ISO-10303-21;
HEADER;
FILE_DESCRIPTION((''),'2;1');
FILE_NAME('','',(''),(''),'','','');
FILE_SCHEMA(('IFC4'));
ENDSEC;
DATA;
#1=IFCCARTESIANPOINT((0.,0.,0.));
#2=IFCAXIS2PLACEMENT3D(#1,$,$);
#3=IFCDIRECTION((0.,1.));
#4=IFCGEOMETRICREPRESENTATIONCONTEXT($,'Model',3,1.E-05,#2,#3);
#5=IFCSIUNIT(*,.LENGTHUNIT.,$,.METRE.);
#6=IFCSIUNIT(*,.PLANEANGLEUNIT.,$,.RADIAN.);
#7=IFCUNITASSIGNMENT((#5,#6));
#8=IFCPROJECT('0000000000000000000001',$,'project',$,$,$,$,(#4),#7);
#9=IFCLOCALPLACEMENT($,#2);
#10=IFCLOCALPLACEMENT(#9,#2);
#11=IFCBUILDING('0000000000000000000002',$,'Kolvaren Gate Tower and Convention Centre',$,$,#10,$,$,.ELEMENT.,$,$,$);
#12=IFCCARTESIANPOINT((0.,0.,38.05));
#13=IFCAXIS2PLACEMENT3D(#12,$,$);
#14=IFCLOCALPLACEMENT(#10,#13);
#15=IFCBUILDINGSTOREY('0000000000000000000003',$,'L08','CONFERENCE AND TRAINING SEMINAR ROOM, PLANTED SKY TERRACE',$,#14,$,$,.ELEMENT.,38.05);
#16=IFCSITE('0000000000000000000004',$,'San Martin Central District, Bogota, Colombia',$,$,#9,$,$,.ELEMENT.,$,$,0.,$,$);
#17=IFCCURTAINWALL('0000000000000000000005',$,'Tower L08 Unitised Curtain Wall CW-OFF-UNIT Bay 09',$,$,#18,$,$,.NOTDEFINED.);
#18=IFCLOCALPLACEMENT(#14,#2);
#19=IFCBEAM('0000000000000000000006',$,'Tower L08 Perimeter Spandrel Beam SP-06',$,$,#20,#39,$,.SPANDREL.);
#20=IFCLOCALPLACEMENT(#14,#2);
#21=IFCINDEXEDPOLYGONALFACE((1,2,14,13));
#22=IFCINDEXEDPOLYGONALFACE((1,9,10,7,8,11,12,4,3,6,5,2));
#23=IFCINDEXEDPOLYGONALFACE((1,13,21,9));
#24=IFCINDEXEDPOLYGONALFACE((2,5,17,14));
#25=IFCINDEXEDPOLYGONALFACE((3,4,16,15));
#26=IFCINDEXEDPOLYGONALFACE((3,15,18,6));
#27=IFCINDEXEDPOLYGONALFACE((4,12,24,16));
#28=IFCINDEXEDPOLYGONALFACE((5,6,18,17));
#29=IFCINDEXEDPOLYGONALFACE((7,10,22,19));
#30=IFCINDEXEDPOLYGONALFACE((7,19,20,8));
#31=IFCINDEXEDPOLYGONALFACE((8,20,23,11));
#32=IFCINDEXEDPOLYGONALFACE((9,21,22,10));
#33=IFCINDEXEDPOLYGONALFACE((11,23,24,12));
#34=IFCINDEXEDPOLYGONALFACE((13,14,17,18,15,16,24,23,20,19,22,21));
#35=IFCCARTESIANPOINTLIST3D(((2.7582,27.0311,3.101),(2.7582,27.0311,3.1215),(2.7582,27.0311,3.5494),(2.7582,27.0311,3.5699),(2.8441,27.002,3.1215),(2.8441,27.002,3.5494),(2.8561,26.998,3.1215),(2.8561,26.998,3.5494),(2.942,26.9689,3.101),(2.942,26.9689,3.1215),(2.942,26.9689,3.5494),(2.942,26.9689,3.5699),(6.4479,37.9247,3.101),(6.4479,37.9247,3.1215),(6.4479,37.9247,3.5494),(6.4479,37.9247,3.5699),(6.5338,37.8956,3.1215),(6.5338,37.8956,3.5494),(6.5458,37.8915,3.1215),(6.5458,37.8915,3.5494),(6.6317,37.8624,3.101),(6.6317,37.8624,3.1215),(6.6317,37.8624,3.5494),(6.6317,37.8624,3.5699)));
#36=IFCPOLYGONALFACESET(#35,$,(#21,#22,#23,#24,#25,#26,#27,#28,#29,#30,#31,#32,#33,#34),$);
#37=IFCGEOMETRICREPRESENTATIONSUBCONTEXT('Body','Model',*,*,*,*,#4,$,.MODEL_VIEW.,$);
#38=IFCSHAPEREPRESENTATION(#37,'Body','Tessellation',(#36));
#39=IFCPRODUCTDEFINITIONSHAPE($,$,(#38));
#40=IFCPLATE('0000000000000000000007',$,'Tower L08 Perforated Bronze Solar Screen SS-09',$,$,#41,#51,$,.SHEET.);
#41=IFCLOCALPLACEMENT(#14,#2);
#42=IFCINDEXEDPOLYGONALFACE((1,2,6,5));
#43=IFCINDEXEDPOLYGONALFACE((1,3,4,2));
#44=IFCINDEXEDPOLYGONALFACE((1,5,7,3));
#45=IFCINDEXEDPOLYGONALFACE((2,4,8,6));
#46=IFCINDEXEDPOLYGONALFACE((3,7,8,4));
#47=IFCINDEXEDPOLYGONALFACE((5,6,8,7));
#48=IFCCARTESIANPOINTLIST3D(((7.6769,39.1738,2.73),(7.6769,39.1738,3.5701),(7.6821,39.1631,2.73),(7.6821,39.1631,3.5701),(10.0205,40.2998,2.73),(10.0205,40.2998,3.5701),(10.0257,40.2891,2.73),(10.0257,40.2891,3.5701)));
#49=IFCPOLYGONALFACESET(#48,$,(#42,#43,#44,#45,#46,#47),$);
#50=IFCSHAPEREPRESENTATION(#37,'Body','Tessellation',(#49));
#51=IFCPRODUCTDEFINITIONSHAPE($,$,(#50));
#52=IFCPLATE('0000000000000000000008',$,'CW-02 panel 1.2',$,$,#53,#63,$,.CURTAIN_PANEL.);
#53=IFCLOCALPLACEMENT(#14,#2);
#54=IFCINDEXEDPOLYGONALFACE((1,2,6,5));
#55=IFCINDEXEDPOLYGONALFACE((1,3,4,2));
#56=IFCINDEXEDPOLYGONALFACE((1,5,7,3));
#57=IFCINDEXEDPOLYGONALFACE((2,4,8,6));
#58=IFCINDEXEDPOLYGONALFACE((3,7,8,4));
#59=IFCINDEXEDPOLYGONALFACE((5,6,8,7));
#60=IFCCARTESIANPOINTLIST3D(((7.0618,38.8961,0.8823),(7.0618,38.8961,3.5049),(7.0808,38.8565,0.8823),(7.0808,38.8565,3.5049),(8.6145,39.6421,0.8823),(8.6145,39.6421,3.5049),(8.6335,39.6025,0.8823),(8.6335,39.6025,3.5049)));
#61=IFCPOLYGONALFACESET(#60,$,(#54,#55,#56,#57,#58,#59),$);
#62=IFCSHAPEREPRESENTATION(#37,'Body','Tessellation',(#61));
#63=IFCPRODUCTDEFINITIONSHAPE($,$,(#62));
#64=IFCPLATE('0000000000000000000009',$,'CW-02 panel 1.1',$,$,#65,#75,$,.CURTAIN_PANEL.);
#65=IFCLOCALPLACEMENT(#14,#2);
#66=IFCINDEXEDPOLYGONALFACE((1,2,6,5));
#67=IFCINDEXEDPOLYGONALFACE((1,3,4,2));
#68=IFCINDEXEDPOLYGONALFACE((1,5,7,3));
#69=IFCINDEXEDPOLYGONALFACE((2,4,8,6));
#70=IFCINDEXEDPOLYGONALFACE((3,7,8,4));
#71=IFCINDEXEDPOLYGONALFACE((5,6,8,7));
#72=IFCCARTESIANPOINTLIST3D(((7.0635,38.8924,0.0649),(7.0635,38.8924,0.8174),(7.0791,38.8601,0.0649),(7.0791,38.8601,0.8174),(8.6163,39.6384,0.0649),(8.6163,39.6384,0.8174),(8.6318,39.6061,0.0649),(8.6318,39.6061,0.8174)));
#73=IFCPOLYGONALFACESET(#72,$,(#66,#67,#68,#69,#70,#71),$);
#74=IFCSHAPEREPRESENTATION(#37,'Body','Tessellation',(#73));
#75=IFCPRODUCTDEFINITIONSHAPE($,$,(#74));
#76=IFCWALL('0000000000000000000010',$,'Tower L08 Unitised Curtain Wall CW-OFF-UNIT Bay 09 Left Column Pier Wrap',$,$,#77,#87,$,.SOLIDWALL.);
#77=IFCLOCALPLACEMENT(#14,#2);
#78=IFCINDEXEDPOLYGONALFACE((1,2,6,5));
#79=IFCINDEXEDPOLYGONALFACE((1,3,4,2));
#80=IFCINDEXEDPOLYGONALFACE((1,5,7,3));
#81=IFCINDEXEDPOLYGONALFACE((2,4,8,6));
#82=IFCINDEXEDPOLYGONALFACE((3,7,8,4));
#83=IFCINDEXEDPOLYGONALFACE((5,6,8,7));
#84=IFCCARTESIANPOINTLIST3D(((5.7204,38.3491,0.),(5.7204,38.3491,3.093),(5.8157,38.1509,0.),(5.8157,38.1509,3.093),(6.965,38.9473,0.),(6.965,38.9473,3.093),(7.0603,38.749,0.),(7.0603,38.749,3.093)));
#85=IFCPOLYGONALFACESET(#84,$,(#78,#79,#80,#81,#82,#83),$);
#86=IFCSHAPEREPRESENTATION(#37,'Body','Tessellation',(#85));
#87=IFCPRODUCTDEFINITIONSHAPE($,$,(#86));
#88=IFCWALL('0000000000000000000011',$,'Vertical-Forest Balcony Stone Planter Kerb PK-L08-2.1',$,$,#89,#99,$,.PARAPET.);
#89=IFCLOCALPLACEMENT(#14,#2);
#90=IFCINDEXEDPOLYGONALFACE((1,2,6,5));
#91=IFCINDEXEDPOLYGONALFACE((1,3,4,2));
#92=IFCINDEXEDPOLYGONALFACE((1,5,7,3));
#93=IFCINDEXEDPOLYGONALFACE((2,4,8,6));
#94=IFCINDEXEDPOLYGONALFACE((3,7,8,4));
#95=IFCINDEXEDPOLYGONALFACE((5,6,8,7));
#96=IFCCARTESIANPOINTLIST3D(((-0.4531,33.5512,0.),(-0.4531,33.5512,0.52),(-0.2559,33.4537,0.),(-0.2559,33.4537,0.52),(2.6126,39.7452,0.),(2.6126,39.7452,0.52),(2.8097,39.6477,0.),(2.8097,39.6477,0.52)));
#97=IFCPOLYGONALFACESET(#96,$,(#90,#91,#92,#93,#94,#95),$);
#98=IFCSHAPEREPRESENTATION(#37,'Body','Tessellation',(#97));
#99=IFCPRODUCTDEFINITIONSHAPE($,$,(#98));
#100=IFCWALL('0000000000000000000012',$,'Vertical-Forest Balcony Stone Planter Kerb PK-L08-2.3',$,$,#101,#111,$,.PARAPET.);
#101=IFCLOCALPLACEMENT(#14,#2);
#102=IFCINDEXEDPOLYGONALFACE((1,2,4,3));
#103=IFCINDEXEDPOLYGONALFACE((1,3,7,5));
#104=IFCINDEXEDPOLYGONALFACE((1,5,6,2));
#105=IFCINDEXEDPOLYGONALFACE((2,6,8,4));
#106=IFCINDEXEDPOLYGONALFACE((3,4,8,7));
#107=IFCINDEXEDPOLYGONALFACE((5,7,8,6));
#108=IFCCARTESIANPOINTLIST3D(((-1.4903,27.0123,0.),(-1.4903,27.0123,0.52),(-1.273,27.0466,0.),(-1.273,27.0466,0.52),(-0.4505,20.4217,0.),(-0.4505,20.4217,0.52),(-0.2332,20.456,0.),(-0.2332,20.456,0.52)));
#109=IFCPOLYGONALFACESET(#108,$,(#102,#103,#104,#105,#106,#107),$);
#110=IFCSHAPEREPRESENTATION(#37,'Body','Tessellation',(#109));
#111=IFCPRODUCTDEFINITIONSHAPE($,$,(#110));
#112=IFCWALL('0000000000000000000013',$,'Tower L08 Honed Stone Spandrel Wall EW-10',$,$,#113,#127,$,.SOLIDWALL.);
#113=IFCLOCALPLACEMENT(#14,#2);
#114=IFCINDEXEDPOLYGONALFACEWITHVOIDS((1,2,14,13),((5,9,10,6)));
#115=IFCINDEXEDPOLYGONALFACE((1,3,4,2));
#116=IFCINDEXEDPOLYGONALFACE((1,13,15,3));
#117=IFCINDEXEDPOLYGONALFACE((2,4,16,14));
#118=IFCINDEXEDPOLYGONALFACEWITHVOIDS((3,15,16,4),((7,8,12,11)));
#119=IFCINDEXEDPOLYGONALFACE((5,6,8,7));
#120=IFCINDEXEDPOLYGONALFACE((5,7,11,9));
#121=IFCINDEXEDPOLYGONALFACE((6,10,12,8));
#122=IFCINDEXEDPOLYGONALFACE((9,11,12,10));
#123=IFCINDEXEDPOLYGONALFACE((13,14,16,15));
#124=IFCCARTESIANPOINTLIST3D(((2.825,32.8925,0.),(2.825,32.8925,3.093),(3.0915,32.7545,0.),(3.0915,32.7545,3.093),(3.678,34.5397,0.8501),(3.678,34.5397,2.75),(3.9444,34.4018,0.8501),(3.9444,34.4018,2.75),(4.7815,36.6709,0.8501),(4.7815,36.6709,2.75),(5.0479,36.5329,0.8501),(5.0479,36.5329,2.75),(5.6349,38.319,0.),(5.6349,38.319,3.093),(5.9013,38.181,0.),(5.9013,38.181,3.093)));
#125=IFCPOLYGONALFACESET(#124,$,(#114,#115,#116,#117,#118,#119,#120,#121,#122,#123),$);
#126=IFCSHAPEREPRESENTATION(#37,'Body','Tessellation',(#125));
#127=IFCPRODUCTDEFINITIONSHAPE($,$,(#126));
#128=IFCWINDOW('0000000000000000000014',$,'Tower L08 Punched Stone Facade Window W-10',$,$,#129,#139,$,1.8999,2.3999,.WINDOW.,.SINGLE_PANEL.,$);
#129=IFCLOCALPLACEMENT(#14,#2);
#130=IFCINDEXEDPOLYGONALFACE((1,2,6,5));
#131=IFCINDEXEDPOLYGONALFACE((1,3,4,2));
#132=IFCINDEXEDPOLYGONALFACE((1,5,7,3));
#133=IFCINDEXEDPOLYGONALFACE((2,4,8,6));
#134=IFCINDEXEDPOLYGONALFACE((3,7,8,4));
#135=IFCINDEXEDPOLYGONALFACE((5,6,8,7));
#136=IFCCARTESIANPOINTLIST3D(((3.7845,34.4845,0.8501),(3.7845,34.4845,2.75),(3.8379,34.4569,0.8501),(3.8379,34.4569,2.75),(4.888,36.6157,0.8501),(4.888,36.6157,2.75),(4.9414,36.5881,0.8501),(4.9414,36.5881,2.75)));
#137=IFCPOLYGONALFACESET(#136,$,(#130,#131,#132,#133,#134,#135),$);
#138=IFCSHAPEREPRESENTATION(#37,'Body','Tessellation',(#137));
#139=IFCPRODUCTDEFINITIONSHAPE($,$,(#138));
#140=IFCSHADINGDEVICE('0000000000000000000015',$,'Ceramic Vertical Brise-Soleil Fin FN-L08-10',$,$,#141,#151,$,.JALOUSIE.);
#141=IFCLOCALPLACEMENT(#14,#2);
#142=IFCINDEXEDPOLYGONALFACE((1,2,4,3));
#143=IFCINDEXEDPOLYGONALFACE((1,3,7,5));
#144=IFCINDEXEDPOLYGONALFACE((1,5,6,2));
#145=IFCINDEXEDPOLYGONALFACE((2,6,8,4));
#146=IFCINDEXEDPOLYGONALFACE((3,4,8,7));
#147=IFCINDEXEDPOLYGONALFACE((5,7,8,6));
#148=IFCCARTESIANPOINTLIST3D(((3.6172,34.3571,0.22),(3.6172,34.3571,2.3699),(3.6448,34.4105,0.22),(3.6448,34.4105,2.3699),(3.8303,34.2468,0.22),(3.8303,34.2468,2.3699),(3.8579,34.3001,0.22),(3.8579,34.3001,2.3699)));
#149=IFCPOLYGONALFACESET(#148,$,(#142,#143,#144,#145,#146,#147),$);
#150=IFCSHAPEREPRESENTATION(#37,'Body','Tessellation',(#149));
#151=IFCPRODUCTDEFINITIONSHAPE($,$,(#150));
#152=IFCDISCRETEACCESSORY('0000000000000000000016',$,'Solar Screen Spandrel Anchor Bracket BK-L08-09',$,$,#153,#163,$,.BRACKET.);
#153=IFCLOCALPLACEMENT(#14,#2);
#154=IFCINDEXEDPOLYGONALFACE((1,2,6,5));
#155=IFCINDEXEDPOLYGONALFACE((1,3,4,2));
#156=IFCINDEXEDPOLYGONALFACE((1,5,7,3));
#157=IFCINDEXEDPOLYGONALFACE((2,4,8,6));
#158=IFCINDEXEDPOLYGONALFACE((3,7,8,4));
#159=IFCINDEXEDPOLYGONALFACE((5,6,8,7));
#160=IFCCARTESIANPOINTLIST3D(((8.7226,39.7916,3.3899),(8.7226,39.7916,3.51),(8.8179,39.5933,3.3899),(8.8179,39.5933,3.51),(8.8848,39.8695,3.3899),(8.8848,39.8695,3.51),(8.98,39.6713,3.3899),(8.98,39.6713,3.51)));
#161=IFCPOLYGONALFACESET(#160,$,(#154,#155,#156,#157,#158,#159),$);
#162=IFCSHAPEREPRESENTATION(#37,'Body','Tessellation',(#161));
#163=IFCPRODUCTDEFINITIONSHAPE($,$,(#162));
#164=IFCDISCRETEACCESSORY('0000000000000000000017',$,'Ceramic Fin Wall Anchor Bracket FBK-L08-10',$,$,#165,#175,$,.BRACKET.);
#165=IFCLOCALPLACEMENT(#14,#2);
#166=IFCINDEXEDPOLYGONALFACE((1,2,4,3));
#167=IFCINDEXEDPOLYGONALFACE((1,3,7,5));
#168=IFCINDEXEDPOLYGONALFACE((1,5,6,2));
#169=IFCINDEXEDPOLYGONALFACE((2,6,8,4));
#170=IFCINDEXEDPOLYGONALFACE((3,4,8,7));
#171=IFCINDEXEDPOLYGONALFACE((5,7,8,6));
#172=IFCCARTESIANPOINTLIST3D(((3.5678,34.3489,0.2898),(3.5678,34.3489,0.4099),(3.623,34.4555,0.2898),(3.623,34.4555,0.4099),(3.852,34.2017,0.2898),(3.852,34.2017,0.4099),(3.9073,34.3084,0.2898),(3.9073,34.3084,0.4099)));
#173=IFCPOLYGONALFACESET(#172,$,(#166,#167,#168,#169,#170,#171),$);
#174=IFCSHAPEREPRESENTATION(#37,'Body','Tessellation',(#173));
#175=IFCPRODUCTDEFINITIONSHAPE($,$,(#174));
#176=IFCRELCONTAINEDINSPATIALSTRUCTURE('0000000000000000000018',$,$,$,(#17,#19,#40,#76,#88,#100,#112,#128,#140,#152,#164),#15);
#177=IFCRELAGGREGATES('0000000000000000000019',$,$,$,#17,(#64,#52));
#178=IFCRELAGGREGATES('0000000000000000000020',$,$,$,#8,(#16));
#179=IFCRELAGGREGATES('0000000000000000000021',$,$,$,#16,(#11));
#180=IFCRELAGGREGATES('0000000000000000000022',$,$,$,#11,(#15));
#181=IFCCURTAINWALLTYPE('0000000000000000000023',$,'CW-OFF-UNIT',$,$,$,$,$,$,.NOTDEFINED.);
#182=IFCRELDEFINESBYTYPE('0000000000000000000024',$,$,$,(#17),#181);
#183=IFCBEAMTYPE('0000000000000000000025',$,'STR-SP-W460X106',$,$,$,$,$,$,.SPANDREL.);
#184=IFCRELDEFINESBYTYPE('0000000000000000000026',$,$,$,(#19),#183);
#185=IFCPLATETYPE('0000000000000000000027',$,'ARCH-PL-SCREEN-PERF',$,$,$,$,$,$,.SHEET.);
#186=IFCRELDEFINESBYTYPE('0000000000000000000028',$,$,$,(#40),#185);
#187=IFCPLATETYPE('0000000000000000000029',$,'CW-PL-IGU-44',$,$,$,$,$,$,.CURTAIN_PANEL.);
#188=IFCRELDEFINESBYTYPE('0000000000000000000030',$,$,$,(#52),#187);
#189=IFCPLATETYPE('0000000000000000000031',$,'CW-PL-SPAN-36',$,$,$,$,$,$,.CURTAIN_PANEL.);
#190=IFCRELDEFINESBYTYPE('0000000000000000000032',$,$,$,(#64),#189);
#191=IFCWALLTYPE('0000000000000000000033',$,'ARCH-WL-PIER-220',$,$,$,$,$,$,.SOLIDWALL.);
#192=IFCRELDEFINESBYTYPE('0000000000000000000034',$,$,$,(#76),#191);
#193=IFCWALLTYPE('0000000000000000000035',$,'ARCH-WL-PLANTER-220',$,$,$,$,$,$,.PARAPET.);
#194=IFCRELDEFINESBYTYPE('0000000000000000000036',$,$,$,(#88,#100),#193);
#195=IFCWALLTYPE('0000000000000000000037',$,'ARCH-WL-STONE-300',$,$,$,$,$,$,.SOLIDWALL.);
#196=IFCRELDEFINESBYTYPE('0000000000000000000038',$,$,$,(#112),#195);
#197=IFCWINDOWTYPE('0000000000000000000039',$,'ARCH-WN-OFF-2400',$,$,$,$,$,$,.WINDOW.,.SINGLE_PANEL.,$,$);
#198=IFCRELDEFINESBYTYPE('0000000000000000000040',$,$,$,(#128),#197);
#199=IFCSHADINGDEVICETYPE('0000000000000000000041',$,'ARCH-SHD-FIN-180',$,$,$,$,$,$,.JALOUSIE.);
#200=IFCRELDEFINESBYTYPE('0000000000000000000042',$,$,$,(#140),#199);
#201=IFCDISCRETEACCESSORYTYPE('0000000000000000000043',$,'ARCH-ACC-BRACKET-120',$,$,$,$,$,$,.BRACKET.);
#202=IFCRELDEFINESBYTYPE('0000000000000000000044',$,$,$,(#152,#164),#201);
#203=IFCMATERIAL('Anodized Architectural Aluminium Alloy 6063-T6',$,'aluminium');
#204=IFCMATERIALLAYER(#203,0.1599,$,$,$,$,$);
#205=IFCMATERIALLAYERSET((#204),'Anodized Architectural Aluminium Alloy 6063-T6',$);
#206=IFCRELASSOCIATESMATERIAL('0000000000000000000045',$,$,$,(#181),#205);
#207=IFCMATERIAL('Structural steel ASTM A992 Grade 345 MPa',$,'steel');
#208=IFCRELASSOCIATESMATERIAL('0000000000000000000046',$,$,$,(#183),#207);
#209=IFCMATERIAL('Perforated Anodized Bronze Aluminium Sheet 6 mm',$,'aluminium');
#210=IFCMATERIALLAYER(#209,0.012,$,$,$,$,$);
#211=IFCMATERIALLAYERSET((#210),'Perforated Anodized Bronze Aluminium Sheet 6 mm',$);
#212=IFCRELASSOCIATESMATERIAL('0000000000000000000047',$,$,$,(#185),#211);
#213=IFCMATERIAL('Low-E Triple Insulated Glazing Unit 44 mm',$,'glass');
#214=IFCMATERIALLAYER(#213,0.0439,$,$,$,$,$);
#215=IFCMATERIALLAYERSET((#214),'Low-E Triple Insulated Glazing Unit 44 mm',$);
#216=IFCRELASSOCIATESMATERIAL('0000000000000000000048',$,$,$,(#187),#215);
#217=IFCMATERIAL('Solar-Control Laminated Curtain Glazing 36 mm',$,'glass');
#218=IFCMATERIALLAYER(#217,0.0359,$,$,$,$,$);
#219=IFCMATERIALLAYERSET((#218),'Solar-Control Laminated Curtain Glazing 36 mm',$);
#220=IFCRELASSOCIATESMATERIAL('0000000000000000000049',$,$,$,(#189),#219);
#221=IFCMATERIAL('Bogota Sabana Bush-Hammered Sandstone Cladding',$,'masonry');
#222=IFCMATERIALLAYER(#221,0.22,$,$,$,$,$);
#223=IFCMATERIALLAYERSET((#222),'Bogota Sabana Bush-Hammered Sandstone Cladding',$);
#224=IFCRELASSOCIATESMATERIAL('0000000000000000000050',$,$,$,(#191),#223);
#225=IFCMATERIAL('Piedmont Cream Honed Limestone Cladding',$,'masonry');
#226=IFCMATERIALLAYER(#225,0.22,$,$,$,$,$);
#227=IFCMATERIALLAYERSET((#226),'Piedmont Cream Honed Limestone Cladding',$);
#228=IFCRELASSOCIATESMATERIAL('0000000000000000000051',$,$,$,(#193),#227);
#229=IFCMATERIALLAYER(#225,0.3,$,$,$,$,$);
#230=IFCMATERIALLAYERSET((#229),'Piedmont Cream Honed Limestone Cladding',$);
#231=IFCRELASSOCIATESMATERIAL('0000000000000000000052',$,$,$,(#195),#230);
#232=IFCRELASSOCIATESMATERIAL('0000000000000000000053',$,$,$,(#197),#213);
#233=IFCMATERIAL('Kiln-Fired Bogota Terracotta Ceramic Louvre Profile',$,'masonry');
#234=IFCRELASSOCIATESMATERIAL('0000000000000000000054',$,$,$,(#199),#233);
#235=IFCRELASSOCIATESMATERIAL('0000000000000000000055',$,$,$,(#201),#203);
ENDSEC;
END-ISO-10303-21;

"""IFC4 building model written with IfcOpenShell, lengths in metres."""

from ifc_helpers import new_model, si_unit, direction, frame, frame_2d, origin, origin_2d, place, context, subcontext, project, spatial, rectangle, i_section, extrude, material, layer, layer_set, material_profile, profile_set, type_object, element, fill, aggregate, save


model = new_model("IFC4")

# Units and contexts
model_context = context("Model", 3, precision=1e-05, world=origin(), true_north=direction((0.0, 1.0)))
body_context = subcontext(model_context, "Body", "Model", "MODEL_VIEW")
ifc_project = project(units=[si_unit("LENGTHUNIT", "METRE"), si_unit("PLANEANGLEUNIT", "RADIAN")], contexts=[model_context])

# Site, building, storey
site_placement = place(None, origin())
site = spatial("IfcSite", under=ifc_project, at=site_placement, Name="San Martin Central District, Bogota, Colombia", CompositionType="ELEMENT", RefElevation=0.0)
building_placement = place(site_placement, origin())
building = spatial("IfcBuilding", under=site, at=building_placement, Name="Kolvaren Gate Tower and Convention Centre", CompositionType="ELEMENT")
storey_placement = place(building_placement, frame((0.0, 0.0, 38.05)))
storey = spatial("IfcBuildingStorey", under=building, at=storey_placement, Name="L08", Description="CONFERENCE AND TRAINING SEMINAR ROOM, PLANTED SKY TERRACE", CompositionType="ELEMENT", Elevation=38.05)

# Curtain wall
ifc_material_1 = material(Name="Anodized Architectural Aluminium Alloy 6063-T6", Category="aluminium")
ifc_layer_1 = layer(ifc_material_1, 0.1599)
ifc_layer_set_1 = layer_set([ifc_layer_1], Name="Anodized Architectural Aluminium Alloy 6063-T6")
curtain_wall_type = type_object("IfcCurtainWallType", Name="CW-OFF-UNIT", PredefinedType="NOTDEFINED", material=ifc_layer_set_1)
curtain_wall_placement = place(storey_placement, origin())
curtain_wall = element("IfcCurtainWall", 1, at=curtain_wall_placement, inside=storey, type_object=curtain_wall_type, Name="Tower L08 Unitised Curtain Wall CW-OFF-UNIT Bay 09", PredefinedType="NOTDEFINED")

# Beam
ifc_material_2 = material(Name="Structural steel ASTM A992 Grade 345 MPa", Category="steel")
ifc_material_profile_1 = material_profile(ifc_material_2, i_section(OverallWidth=0.1941, OverallDepth=0.469, WebThickness=0.0127, FlangeThickness=0.0205, at=origin_2d()), Name="W460X106")
ifc_profile_set_1 = profile_set([ifc_material_profile_1], Name="Structural steel ASTM A992 Grade 345 MPa")
beam_type_1 = type_object("IfcBeamType", Name="STR-SP-W460X106", PredefinedType="SPANDREL", material=ifc_profile_set_1)
beam_1_placement = place(storey_placement, frame((6.5398, 37.8936, 3.3354), z_axis=(-0.320803, -0.947146, 0.0), x_axis=(0.947146, -0.320803, 0.0)))
element("IfcBeam", 2, at=beam_1_placement, inside=storey, type_object=beam_type_1, Name="Tower L08 Perimeter Spandrel Beam SP-06", PredefinedType="SPANDREL", context=body_context, shape_type="SweptSolid", body=[
    extrude(i_section(OverallWidth=0.1941, OverallDepth=0.469, WebThickness=0.0127, FlangeThickness=0.0205, at=origin_2d()), origin(), (0.0, 0.0, 1.0), 11.5015),
])

# Plates
ifc_material_3 = material(Name="Perforated Anodized Bronze Aluminium Sheet 6 mm", Category="aluminium")
ifc_layer_2 = layer(ifc_material_3, 0.012)
ifc_layer_set_2 = layer_set([ifc_layer_2], Name="Perforated Anodized Bronze Aluminium Sheet 6 mm")
plate_type_1 = type_object("IfcPlateType", Name="ARCH-PL-SCREEN-PERF", PredefinedType="SHEET", material=ifc_layer_set_2)
plate_1_placement = place(storey_placement, frame((8.8513, 39.7314, 2.73), z_axis=(0.0, 0.0, 1.0), x_axis=(0.901364, 0.433061, 0.0)))
element("IfcPlate", 3, at=plate_1_placement, inside=storey, type_object=plate_type_1, Name="Tower L08 Perforated Bronze Solar Screen SS-09", PredefinedType="SHEET", context=body_context, shape_type="SweptSolid", body=[
    extrude(rectangle(XDim=2.6001, YDim=0.012, at=origin_2d()), origin(), (0.0, 0.0, 1.0), 0.8401),
])
ifc_material_4 = material(Name="Low-E Triple Insulated Glazing Unit 44 mm", Category="glass")
ifc_layer_3 = layer(ifc_material_4, 0.0439)
ifc_layer_set_3 = layer_set([ifc_layer_3], Name="Low-E Triple Insulated Glazing Unit 44 mm")
plate_type_2 = type_object("IfcPlateType", Name="CW-PL-IGU-44", PredefinedType="CURTAIN_PANEL", material=ifc_layer_set_3)
plate_2_placement = place(storey_placement, frame((7.8477, 39.2493, 0.8823), z_axis=(0.0, 0.0, 1.0), x_axis=(0.901367, 0.433057, 0.0)))
plate_2 = element("IfcPlate", 4, at=plate_2_placement, type_object=plate_type_2, Name="CW-02 panel 1.2", PredefinedType="CURTAIN_PANEL", context=body_context, shape_type="SweptSolid", body=[
    extrude(rectangle(XDim=1.7227, YDim=0.0439, at=origin_2d()), origin(), (0.0, 0.0, 1.0), 2.6226),
])
ifc_material_5 = material(Name="Solar-Control Laminated Curtain Glazing 36 mm", Category="glass")
ifc_layer_4 = layer(ifc_material_5, 0.0359)
ifc_layer_set_4 = layer_set([ifc_layer_4], Name="Solar-Control Laminated Curtain Glazing 36 mm")
plate_type_3 = type_object("IfcPlateType", Name="CW-PL-SPAN-36", PredefinedType="CURTAIN_PANEL", material=ifc_layer_set_4)
plate_3_placement = place(storey_placement, frame((7.8477, 39.2493, 0.0649), z_axis=(0.0, 0.0, 1.0), x_axis=(0.901367, 0.433057, 0.0)))
plate_3 = element("IfcPlate", 5, at=plate_3_placement, type_object=plate_type_3, Name="CW-02 panel 1.1", PredefinedType="CURTAIN_PANEL", context=body_context, shape_type="SweptSolid", body=[
    extrude(rectangle(XDim=1.7227, YDim=0.0359, at=origin_2d()), origin(), (0.0, 0.0, 1.0), 0.7524),
])
aggregate(curtain_wall, [plate_3, plate_2])

# Walls
ifc_material_6 = material(Name="Bogota Sabana Bush-Hammered Sandstone Cladding", Category="masonry")
ifc_layer_5 = layer(ifc_material_6, 0.22)
ifc_layer_set_5 = layer_set([ifc_layer_5], Name="Bogota Sabana Bush-Hammered Sandstone Cladding")
wall_type_1 = type_object("IfcWallType", Name="ARCH-WL-PIER-220", PredefinedType="SOLIDWALL", material=ifc_layer_set_5)
wall_1_placement = place(storey_placement, frame((5.7681, 38.25, 0.0), z_axis=(0.0, 0.0, 1.0), x_axis=(0.901319, 0.433156, 0.0)))
element("IfcWall", 6, at=wall_1_placement, inside=storey, type_object=wall_type_1, Name="Tower L08 Unitised Curtain Wall CW-OFF-UNIT Bay 09 Left Column Pier Wrap", PredefinedType="SOLIDWALL", context=body_context, shape_type="SweptSolid", body=[
    extrude(rectangle(XDim=1.3809, YDim=0.22, at=frame_2d((0.6904, 0.0))), origin(), (0.0, 0.0, 1.0), 3.093),
])
ifc_material_7 = material(Name="Piedmont Cream Honed Limestone Cladding", Category="masonry")
ifc_layer_6 = layer(ifc_material_7, 0.22)
ifc_layer_set_6 = layer_set([ifc_layer_6], Name="Piedmont Cream Honed Limestone Cladding")
wall_type_2 = type_object("IfcWallType", Name="ARCH-WL-PLANTER-220", PredefinedType="PARAPET", material=ifc_layer_set_6)
wall_2_placement = place(storey_placement, frame((-0.3545, 33.5024, 0.0), z_axis=(0.0, 0.0, 1.0), x_axis=(0.443578, 0.896236, 0.0)))
element("IfcWall", 7, at=wall_2_placement, inside=storey, type_object=wall_type_2, Name="Vertical-Forest Balcony Stone Planter Kerb PK-L08-2.1", PredefinedType="PARAPET", context=body_context, shape_type="SweptSolid", body=[
    extrude(rectangle(XDim=6.9111, YDim=0.22, at=frame_2d((3.4556, 0.0))), origin(), (0.0, 0.0, 1.0), 0.52),
])
wall_3_placement = place(storey_placement, frame((-1.3816, 27.0293, 0.0), z_axis=(0.0, 0.0, 1.0), x_axis=(0.155842, -0.987782, 0.0)))
element("IfcWall", 8, at=wall_3_placement, inside=storey, type_object=wall_type_2, Name="Vertical-Forest Balcony Stone Planter Kerb PK-L08-2.3", PredefinedType="PARAPET", context=body_context, shape_type="SweptSolid", body=[
    extrude(rectangle(XDim=6.6721, YDim=0.22, at=frame_2d((3.3359, 0.0))), origin(), (0.0, 0.0, 1.0), 0.52),
])

# Wall, opening, window
ifc_layer_7 = layer(ifc_material_7, 0.3)
ifc_layer_set_7 = layer_set([ifc_layer_7], Name="Piedmont Cream Honed Limestone Cladding")
wall_type_3 = type_object("IfcWallType", Name="ARCH-WL-STONE-300", PredefinedType="SOLIDWALL", material=ifc_layer_set_7)
wall_4_placement = place(storey_placement, frame((2.9583, 32.8235, 0.0), z_axis=(0.0, 0.0, 1.0), x_axis=(0.45981, 0.888017, 0.0)))
wall_4 = element("IfcWall", 9, at=wall_4_placement, inside=storey, type_object=wall_type_3, Name="Tower L08 Honed Stone Spandrel Wall EW-10", PredefinedType="SOLIDWALL", context=body_context, shape_type="SweptSolid", body=[
    extrude(rectangle(XDim=6.1108, YDim=0.3, at=frame_2d((3.0554, 0.0))), origin(), (0.0, 0.0, 1.0), 3.093),
])
opening_placement = place(wall_4_placement, frame((1.855, 0.0, 0.8501)))
opening = element("IfcOpeningElement", 10, at=opening_placement, cuts=wall_4, PredefinedType="OPENING", context=body_context, shape_type="SweptSolid", body=[
    extrude(rectangle(XDim=2.3999, YDim=1.8999, at=frame_2d((1.2, 0.95))), frame((0.0, 0.1599, 0.0), z_axis=(0.0, -1.0, 0.0), x_axis=(1.0, 0.0, 0.0)), (0.0, 0.0, 1.0), 0.3201),
])
window_type = type_object("IfcWindowType", Name="ARCH-WN-OFF-2400", PartitioningType="SINGLE_PANEL", PredefinedType="WINDOW", material=ifc_material_4)
window_placement = place(opening_placement, origin())
window = element("IfcWindow", 11, at=window_placement, inside=storey, type_object=window_type, Name="Tower L08 Punched Stone Facade Window W-10", OverallHeight=1.8999, OverallWidth=2.3999, PartitioningType="SINGLE_PANEL", PredefinedType="WINDOW", context=body_context, shape_type="SweptSolid", body=[
    extrude(rectangle(XDim=2.3999, YDim=1.8999, at=frame_2d((1.2, 0.95))), frame((0.0, 0.03, 0.0), z_axis=(0.0, -1.0, 0.0), x_axis=(1.0, 0.0, 0.0)), (0.0, 0.0, 1.0), 0.0601),
])
fill(opening, window)

# Shading device
ifc_material_8 = material(Name="Kiln-Fired Bogota Terracotta Ceramic Louvre Profile", Category="masonry")
shading_device_type = type_object("IfcShadingDeviceType", Name="ARCH-SHD-FIN-180", PredefinedType="JALOUSIE", material=ifc_material_8)
shading_device_placement = place(storey_placement, frame((3.7375, 34.3286, 0.22), z_axis=(0.0, 0.0, 1.0), x_axis=(0.459789, 0.888028, 0.0)))
element("IfcShadingDevice", 12, at=shading_device_placement, inside=storey, type_object=shading_device_type, Name="Ceramic Vertical Brise-Soleil Fin FN-L08-10", PredefinedType="JALOUSIE", context=body_context, shape_type="SweptSolid", body=[
    extrude(rectangle(XDim=0.0601, YDim=0.24, at=origin_2d()), origin(), (0.0, 0.0, 1.0), 2.1499),
])

# Discrete accessories
discrete_accessory_type = type_object("IfcDiscreteAccessoryType", Name="ARCH-ACC-BRACKET-120", PredefinedType="BRACKET", material=ifc_material_1)
discrete_accessory_1_placement = place(storey_placement, frame((8.8513, 39.7314, 3.3899), z_axis=(0.0, 0.0, 1.0), x_axis=(0.901364, 0.433061, 0.0)))
element("IfcDiscreteAccessory", 13, at=discrete_accessory_1_placement, inside=storey, type_object=discrete_accessory_type, Name="Solar Screen Spandrel Anchor Bracket BK-L08-09", PredefinedType="BRACKET", context=body_context, shape_type="SweptSolid", body=[
    extrude(rectangle(XDim=0.1799, YDim=0.22, at=origin_2d()), origin(), (0.0, 0.0, 1.0), 0.1201),
])
discrete_accessory_2_placement = place(storey_placement, frame((3.7375, 34.3286, 0.2898), z_axis=(0.0, 0.0, 1.0), x_axis=(0.459789, 0.888028, 0.0)))
element("IfcDiscreteAccessory", 14, at=discrete_accessory_2_placement, inside=storey, type_object=discrete_accessory_type, Name="Ceramic Fin Wall Anchor Bracket FBK-L08-10", PredefinedType="BRACKET", context=body_context, shape_type="SweptSolid", body=[
    extrude(rectangle(XDim=0.1201, YDim=0.3201, at=origin_2d()), origin(), (0.0, 0.0, 1.0), 0.1201),
])

save(model, "model.ifc")
